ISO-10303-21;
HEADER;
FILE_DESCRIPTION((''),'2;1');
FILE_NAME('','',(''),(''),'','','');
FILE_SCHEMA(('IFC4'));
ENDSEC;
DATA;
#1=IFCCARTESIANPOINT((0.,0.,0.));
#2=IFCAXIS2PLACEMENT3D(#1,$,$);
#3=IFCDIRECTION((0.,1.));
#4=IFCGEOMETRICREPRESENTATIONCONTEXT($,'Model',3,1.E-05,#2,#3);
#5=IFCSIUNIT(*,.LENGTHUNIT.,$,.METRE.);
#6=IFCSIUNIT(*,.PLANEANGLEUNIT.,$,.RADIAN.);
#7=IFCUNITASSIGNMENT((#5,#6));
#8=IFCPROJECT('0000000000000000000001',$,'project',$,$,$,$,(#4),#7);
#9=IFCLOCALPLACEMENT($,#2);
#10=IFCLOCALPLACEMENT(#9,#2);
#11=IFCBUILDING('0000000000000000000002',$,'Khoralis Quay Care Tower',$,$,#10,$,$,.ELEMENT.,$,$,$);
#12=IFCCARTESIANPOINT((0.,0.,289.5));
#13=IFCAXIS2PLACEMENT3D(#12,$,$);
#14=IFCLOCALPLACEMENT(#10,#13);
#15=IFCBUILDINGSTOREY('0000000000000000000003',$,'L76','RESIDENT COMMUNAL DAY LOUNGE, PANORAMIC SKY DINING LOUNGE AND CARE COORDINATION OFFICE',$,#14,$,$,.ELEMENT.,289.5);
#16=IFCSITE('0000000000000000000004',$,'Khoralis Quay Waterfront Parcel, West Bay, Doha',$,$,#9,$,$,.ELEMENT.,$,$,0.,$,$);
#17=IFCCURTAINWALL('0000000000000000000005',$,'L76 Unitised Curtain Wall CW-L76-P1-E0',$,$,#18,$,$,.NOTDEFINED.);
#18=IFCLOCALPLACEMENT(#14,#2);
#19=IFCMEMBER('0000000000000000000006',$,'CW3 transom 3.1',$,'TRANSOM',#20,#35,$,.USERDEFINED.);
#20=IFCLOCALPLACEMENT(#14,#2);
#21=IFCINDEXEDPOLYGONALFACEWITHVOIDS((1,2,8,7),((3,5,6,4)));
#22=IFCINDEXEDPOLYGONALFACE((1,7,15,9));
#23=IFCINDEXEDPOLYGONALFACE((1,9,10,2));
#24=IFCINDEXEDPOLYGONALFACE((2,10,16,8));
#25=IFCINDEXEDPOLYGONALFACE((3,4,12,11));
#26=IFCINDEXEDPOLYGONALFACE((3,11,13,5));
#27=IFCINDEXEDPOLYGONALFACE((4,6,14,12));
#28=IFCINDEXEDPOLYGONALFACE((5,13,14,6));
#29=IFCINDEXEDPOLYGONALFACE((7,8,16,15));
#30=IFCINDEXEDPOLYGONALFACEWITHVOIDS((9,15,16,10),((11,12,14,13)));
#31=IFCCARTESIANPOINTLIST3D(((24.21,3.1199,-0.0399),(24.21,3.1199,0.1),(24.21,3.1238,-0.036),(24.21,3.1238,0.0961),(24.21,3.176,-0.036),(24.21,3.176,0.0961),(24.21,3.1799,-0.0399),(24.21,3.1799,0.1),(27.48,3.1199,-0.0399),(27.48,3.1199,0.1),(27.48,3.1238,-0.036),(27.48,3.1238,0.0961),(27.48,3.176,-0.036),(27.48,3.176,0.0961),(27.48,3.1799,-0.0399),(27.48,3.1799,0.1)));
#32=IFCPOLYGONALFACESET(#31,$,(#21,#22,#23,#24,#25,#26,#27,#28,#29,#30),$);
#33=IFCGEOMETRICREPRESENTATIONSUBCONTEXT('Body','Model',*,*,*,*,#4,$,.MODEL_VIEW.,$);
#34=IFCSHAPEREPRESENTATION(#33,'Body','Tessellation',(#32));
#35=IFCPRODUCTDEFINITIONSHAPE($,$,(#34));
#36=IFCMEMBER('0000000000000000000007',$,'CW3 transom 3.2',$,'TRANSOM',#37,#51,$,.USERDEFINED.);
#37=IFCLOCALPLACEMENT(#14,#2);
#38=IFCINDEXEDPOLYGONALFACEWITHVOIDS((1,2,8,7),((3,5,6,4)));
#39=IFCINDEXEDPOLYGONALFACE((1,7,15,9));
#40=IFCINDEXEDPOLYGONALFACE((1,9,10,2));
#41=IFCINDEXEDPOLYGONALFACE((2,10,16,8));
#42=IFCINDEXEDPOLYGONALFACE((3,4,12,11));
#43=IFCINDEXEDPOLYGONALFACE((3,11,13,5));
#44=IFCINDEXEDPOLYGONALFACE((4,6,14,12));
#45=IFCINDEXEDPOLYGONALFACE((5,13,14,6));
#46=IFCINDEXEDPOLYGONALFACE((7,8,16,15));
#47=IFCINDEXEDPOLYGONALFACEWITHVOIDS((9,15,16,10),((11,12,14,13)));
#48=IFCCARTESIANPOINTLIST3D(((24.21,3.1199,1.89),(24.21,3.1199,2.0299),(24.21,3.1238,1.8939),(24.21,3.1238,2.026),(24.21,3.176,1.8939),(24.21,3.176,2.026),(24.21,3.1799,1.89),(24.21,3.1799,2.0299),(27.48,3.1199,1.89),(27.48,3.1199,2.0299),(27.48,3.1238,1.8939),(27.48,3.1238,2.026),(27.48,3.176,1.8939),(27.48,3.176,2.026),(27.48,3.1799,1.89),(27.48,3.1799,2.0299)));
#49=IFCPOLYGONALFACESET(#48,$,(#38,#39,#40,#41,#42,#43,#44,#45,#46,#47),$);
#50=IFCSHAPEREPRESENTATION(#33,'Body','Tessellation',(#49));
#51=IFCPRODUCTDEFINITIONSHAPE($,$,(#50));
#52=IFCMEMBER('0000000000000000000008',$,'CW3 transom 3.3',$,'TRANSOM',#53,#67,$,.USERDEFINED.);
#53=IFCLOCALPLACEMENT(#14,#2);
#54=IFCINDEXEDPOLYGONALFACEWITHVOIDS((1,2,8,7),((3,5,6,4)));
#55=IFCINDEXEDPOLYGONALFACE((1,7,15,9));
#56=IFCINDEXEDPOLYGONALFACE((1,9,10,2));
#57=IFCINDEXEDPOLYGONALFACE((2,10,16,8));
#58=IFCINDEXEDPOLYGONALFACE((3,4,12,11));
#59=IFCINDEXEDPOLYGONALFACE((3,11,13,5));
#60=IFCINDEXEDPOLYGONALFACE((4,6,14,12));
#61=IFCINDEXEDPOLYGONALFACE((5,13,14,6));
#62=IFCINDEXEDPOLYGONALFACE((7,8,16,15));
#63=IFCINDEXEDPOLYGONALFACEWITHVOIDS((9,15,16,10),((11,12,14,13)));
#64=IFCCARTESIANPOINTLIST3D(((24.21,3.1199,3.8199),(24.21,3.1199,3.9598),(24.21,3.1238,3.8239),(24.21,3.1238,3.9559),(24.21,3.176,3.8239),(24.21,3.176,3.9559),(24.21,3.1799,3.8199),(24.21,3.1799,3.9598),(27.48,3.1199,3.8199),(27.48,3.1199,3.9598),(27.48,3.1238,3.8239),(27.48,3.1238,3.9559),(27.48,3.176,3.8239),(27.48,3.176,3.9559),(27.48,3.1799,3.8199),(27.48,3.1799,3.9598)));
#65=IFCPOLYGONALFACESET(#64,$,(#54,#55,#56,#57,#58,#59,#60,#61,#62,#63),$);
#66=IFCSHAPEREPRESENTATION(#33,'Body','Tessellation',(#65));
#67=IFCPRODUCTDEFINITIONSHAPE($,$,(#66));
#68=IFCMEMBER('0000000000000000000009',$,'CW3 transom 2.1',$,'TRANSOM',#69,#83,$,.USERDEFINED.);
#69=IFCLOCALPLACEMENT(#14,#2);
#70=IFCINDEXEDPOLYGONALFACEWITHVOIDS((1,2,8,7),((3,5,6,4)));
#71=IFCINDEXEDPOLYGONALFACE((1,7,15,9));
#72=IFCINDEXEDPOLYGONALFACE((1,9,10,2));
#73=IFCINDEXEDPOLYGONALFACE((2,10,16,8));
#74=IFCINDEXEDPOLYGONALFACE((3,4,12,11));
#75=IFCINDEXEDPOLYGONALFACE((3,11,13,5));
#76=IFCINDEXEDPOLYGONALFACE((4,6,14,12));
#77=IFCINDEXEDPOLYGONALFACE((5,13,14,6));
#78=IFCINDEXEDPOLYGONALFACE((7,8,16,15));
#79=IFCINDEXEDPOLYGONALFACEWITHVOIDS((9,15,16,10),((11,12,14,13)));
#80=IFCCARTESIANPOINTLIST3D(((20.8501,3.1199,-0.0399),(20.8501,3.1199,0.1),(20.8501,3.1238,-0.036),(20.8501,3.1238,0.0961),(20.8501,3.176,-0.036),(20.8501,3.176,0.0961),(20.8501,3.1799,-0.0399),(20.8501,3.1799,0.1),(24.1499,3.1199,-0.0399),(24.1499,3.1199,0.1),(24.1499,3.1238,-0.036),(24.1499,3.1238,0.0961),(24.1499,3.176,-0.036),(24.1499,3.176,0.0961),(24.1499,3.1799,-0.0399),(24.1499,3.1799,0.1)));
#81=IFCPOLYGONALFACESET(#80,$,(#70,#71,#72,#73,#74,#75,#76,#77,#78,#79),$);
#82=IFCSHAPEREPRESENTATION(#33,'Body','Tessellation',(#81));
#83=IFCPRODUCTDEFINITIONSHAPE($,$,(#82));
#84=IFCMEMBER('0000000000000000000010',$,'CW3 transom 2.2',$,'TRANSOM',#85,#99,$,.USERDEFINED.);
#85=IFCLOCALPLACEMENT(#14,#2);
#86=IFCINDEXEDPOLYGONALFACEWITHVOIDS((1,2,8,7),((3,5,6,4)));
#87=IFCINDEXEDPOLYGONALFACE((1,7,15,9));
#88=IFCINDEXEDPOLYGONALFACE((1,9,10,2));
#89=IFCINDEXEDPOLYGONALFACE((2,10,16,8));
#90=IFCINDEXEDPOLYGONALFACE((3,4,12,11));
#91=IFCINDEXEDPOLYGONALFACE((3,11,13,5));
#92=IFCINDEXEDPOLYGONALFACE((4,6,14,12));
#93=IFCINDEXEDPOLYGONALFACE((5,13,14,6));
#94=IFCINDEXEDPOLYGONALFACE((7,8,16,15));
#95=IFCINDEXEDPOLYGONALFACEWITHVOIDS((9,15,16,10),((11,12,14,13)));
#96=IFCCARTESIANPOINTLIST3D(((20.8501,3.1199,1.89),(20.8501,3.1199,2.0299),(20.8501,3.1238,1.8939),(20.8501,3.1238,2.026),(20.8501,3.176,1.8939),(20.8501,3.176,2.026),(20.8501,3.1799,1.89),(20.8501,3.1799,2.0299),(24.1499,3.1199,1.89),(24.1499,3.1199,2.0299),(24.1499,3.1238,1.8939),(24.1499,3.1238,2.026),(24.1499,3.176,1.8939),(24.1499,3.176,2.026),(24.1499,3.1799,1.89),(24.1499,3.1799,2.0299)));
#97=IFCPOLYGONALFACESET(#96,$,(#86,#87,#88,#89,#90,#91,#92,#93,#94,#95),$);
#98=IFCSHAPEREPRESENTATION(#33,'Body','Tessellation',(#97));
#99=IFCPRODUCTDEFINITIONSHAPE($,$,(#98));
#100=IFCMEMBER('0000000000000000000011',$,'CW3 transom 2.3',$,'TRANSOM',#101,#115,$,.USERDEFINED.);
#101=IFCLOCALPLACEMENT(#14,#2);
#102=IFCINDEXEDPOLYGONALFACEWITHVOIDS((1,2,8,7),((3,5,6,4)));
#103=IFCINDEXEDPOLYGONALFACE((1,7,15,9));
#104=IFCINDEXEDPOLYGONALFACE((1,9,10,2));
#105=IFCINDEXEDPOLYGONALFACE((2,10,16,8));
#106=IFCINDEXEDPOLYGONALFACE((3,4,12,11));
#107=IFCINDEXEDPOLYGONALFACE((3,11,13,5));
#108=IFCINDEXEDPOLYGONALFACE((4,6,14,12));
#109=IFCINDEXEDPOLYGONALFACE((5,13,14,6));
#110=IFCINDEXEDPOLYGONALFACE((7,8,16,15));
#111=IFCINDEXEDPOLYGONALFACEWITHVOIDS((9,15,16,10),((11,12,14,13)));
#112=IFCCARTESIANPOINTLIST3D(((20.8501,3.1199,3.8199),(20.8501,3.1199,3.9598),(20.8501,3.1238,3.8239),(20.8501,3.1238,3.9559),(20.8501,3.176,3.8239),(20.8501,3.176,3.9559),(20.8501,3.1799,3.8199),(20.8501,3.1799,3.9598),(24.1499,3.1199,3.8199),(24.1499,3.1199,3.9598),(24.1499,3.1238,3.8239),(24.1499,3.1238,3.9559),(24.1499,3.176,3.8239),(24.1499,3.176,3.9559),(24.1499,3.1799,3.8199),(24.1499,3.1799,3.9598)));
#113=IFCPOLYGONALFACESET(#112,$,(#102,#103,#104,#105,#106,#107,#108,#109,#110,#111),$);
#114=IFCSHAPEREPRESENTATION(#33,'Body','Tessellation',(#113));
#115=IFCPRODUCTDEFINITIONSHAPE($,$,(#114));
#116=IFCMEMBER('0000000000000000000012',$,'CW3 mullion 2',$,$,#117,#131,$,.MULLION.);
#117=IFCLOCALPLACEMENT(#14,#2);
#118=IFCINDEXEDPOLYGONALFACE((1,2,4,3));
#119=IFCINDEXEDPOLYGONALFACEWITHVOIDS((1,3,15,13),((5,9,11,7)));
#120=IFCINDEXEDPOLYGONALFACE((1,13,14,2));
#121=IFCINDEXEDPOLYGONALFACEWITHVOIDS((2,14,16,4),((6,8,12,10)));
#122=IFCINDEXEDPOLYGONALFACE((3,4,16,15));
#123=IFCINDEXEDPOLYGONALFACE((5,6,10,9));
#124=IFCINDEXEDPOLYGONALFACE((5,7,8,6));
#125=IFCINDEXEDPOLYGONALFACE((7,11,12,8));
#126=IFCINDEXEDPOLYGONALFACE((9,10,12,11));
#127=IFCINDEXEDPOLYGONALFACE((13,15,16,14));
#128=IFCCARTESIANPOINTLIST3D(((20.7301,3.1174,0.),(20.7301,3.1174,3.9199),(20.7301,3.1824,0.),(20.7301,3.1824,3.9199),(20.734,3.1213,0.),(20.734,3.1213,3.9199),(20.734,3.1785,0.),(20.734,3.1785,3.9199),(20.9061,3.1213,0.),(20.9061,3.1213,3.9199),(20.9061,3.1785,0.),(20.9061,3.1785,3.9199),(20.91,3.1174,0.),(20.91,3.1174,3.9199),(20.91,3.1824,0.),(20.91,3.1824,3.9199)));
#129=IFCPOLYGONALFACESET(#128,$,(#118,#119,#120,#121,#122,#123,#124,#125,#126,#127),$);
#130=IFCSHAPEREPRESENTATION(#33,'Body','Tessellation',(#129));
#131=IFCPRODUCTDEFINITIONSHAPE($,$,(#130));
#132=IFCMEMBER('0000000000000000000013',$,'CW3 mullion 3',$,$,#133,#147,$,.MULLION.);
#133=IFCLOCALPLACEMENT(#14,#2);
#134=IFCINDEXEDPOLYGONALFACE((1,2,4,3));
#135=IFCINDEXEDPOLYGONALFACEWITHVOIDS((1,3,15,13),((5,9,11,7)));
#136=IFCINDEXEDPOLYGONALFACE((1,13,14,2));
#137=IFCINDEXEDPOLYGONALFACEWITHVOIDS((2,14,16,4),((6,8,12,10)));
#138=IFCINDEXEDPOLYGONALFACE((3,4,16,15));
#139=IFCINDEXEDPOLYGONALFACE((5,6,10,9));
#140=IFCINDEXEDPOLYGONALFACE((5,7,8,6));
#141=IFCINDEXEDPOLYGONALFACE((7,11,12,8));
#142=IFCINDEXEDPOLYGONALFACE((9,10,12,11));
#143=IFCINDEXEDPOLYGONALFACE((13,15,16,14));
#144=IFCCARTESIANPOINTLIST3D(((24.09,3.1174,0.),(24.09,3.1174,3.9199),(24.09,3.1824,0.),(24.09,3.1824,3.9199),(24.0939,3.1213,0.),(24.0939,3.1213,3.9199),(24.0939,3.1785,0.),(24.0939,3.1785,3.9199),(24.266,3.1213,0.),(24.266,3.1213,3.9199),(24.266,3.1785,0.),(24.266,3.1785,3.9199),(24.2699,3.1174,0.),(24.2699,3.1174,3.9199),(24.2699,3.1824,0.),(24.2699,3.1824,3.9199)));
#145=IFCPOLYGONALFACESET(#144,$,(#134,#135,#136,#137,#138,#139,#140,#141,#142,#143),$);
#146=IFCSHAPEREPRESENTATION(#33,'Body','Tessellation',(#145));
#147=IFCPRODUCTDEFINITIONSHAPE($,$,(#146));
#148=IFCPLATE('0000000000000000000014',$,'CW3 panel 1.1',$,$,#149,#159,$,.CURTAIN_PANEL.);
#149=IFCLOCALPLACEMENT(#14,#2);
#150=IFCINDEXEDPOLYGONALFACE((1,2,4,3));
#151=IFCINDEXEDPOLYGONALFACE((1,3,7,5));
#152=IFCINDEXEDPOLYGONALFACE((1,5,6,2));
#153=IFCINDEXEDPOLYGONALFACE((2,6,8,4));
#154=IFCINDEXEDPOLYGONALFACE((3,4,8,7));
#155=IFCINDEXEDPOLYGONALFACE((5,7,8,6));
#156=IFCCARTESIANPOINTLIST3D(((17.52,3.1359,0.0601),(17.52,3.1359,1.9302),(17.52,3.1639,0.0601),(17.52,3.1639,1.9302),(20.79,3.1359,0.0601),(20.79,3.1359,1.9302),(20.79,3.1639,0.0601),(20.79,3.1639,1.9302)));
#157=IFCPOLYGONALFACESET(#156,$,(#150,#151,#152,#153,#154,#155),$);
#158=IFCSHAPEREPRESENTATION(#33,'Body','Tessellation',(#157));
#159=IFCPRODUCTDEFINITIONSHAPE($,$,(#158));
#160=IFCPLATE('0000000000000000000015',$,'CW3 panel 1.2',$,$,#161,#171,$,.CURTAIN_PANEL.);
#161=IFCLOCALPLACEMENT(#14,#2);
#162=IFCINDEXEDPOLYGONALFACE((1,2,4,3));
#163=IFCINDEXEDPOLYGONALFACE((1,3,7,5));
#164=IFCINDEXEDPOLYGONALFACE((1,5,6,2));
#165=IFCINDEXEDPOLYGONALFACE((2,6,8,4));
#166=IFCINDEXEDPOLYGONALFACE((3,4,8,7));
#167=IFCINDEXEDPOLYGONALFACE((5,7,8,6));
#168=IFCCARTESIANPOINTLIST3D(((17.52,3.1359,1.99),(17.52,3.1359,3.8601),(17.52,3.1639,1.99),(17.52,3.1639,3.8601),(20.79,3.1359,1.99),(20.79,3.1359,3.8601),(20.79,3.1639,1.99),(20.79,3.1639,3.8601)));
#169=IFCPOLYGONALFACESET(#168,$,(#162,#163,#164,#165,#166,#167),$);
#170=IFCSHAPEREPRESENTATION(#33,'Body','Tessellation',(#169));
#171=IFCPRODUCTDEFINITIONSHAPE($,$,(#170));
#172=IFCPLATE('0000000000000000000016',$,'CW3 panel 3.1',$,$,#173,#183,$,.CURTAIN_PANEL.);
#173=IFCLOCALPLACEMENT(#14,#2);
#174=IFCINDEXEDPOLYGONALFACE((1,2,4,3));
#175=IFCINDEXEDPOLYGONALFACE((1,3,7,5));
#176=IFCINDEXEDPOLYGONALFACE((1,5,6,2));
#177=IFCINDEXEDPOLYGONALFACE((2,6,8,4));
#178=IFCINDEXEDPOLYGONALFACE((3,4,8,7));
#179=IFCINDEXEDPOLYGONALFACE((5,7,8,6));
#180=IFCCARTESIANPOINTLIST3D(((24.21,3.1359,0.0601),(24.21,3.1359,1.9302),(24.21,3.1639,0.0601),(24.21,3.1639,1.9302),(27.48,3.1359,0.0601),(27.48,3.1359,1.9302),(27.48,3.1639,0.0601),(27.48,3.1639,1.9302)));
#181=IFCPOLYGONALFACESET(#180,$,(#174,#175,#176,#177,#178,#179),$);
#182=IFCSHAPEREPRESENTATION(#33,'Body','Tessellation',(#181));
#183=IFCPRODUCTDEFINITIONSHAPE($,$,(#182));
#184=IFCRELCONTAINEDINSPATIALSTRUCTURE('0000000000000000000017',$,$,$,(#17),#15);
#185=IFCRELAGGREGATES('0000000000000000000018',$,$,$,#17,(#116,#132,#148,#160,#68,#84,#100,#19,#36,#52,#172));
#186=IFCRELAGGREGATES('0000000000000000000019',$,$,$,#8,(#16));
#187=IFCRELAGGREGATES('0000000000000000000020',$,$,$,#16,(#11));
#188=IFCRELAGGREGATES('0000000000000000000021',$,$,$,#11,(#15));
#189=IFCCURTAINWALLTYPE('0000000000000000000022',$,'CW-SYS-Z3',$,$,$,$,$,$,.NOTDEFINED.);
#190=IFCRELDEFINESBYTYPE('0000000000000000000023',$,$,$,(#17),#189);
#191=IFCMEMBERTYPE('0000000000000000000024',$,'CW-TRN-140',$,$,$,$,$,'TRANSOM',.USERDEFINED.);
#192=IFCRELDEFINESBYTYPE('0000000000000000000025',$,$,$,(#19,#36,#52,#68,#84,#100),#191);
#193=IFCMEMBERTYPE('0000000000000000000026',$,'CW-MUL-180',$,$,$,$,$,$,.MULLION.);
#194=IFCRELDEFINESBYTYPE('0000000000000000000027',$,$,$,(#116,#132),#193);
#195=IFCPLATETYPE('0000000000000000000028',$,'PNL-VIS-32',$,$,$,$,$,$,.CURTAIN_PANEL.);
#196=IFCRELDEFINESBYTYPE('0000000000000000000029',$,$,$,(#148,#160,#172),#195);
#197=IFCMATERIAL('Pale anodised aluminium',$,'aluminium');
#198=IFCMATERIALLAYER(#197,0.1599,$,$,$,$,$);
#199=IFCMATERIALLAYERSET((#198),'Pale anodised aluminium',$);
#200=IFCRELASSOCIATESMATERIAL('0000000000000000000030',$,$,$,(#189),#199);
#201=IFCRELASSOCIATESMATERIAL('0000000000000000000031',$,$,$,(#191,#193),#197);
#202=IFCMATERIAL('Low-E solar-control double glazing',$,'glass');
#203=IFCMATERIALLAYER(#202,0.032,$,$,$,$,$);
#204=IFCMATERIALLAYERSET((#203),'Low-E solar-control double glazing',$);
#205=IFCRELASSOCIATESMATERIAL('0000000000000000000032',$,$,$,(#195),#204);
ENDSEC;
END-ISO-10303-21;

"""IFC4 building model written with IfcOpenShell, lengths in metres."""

from ifc_helpers import new_model, si_unit, direction, frame, origin, origin_2d, place, context, subcontext, project, spatial, rectangle, hollow_rectangle, extrude, source, transform, mapped, material, layer, layer_set, material_profile, profile_set, type_object, element, aggregate, save


model = new_model("IFC4")

# Units and contexts
model_context = context("Model", 3, precision=1e-05, world=origin(), true_north=direction((0.0, 1.0)))
body_context = subcontext(model_context, "Body", "Model", "MODEL_VIEW")
ifc_project = project(units=[si_unit("LENGTHUNIT", "METRE"), si_unit("PLANEANGLEUNIT", "RADIAN")], contexts=[model_context])

# Site, building, storey
site_placement = place(None, origin())
site = spatial("IfcSite", under=ifc_project, at=site_placement, Name="Khoralis Quay Waterfront Parcel, West Bay, Doha", CompositionType="ELEMENT", RefElevation=0.0)
building_placement = place(site_placement, origin())
building = spatial("IfcBuilding", under=site, at=building_placement, Name="Khoralis Quay Care Tower", CompositionType="ELEMENT")
storey_placement = place(building_placement, frame((0.0, 0.0, 289.5)))
storey = spatial("IfcBuildingStorey", under=building, at=storey_placement, Name="L76", Description="RESIDENT COMMUNAL DAY LOUNGE, PANORAMIC SKY DINING LOUNGE AND CARE COORDINATION OFFICE", CompositionType="ELEMENT", Elevation=289.5)

# Curtain wall, members, plates
ifc_material_1 = material(Name="Pale anodised aluminium", Category="aluminium")
ifc_layer_1 = layer(ifc_material_1, 0.1599)
ifc_layer_set_1 = layer_set([ifc_layer_1], Name="Pale anodised aluminium")
curtain_wall_type = type_object("IfcCurtainWallType", Name="CW-SYS-Z3", PredefinedType="NOTDEFINED", material=ifc_layer_set_1)
curtain_wall_placement = place(storey_placement, origin())
curtain_wall = element("IfcCurtainWall", 1, at=curtain_wall_placement, inside=storey, type_object=curtain_wall_type, Name="L76 Unitised Curtain Wall CW-L76-P1-E0", PredefinedType="NOTDEFINED")
ifc_material_profile_1 = material_profile(ifc_material_1, hollow_rectangle(XDim=0.0601, YDim=0.1399, WallThickness=0.0039, at=origin_2d()), Name="Pale anodised aluminium")
ifc_profile_set_1 = profile_set([ifc_material_profile_1], Name="Pale anodised aluminium")
member_type_1 = type_object("IfcMemberType", Name="CW-TRN-140", ElementType="TRANSOM", PredefinedType="USERDEFINED", material=ifc_profile_set_1)
shared_shape_1 = source(origin(), body_context, "Body", "SweptSolid", [
    extrude(hollow_rectangle(XDim=0.0601, YDim=0.1399, WallThickness=0.0039, at=origin_2d()), origin(), (0.0, 0.0, 1.0), 3.27),
])
member_1_placement = place(storey_placement, frame((24.21, 3.1499, 0.03), z_axis=(1.0, 0.0, 0.0), x_axis=(0.0, 1.0, 0.0)))
member_1 = element("IfcMember", 2, at=member_1_placement, type_object=member_type_1, Name="CW3 transom 3.1", ObjectType="TRANSOM", PredefinedType="USERDEFINED", context=body_context, shape_type="MappedRepresentation", body=[
    mapped(shared_shape_1, transform((0.0, 0.0, 0.0), scale=1.0)),
])
member_2_placement = place(storey_placement, frame((24.21, 3.1499, 1.96), z_axis=(1.0, 0.0, 0.0), x_axis=(0.0, 1.0, 0.0)))
member_2 = element("IfcMember", 3, at=member_2_placement, type_object=member_type_1, Name="CW3 transom 3.2", ObjectType="TRANSOM", PredefinedType="USERDEFINED", context=body_context, shape_type="MappedRepresentation", body=[
    mapped(shared_shape_1, transform((0.0, 0.0, 0.0), scale=1.0)),
])
member_3_placement = place(storey_placement, frame((24.21, 3.1499, 3.8899), z_axis=(1.0, 0.0, 0.0), x_axis=(0.0, 1.0, 0.0)))
member_3 = element("IfcMember", 4, at=member_3_placement, type_object=member_type_1, Name="CW3 transom 3.3", ObjectType="TRANSOM", PredefinedType="USERDEFINED", context=body_context, shape_type="MappedRepresentation", body=[
    mapped(shared_shape_1, transform((0.0, 0.0, 0.0), scale=1.0)),
])
shared_shape_2 = source(origin(), body_context, "Body", "SweptSolid", [
    extrude(hollow_rectangle(XDim=0.0601, YDim=0.1399, WallThickness=0.0039, at=origin_2d()), origin(), (0.0, 0.0, 1.0), 3.2998),
])
member_4_placement = place(storey_placement, frame((20.8501, 3.1499, 0.03), z_axis=(1.0, 0.0, 0.0), x_axis=(0.0, 1.0, 0.0)))
member_4 = element("IfcMember", 5, at=member_4_placement, type_object=member_type_1, Name="CW3 transom 2.1", ObjectType="TRANSOM", PredefinedType="USERDEFINED", context=body_context, shape_type="MappedRepresentation", body=[
    mapped(shared_shape_2, transform((0.0, 0.0, 0.0), scale=1.0)),
])
member_5_placement = place(storey_placement, frame((20.8501, 3.1499, 1.96), z_axis=(1.0, 0.0, 0.0), x_axis=(0.0, 1.0, 0.0)))
member_5 = element("IfcMember", 6, at=member_5_placement, type_object=member_type_1, Name="CW3 transom 2.2", ObjectType="TRANSOM", PredefinedType="USERDEFINED", context=body_context, shape_type="MappedRepresentation", body=[
    mapped(shared_shape_2, transform((0.0, 0.0, 0.0), scale=1.0)),
])
member_6_placement = place(storey_placement, frame((20.8501, 3.1499, 3.8899), z_axis=(1.0, 0.0, 0.0), x_axis=(0.0, 1.0, 0.0)))
member_6 = element("IfcMember", 7, at=member_6_placement, type_object=member_type_1, Name="CW3 transom 2.3", ObjectType="TRANSOM", PredefinedType="USERDEFINED", context=body_context, shape_type="MappedRepresentation", body=[
    mapped(shared_shape_2, transform((0.0, 0.0, 0.0), scale=1.0)),
])
ifc_material_profile_2 = material_profile(ifc_material_1, hollow_rectangle(XDim=0.0649, YDim=0.1799, WallThickness=0.0039, at=origin_2d()), Name="Pale anodised aluminium")
ifc_profile_set_2 = profile_set([ifc_material_profile_2], Name="Pale anodised aluminium")
member_type_2 = type_object("IfcMemberType", Name="CW-MUL-180", PredefinedType="MULLION", material=ifc_profile_set_2)
shared_shape_3 = source(origin(), body_context, "Body", "SweptSolid", [
    extrude(hollow_rectangle(XDim=0.0649, YDim=0.1799, WallThickness=0.0039, at=origin_2d()), origin(), (0.0, 0.0, 1.0), 3.9199),
])
member_7_placement = place(storey_placement, frame((20.8201, 3.1499, 0.0), z_axis=(0.0, 0.0, 1.0), x_axis=(0.0, 1.0, 0.0)))
member_7 = element("IfcMember", 8, at=member_7_placement, type_object=member_type_2, Name="CW3 mullion 2", PredefinedType="MULLION", context=body_context, shape_type="MappedRepresentation", body=[
    mapped(shared_shape_3, transform((0.0, 0.0, 0.0), scale=1.0)),
])
member_8_placement = place(storey_placement, frame((24.1799, 3.1499, 0.0), z_axis=(0.0, 0.0, 1.0), x_axis=(0.0, 1.0, 0.0)))
member_8 = element("IfcMember", 9, at=member_8_placement, type_object=member_type_2, Name="CW3 mullion 3", PredefinedType="MULLION", context=body_context, shape_type="MappedRepresentation", body=[
    mapped(shared_shape_3, transform((0.0, 0.0, 0.0), scale=1.0)),
])
ifc_material_2 = material(Name="Low-E solar-control double glazing", Category="glass")
ifc_layer_2 = layer(ifc_material_2, 0.032)
ifc_layer_set_2 = layer_set([ifc_layer_2], Name="Low-E solar-control double glazing")
plate_type = type_object("IfcPlateType", Name="PNL-VIS-32", PredefinedType="CURTAIN_PANEL", material=ifc_layer_set_2)
shared_shape_4 = source(origin(), body_context, "Body", "SweptSolid", [
    extrude(rectangle(XDim=3.27, YDim=0.0281, at=origin_2d()), origin(), (0.0, 0.0, 1.0), 1.8701),
])
plate_1_placement = place(storey_placement, frame((19.155, 3.1499, 0.0601), z_axis=(0.0, 0.0, 1.0), x_axis=(1.0, 0.0, 0.0)))
plate_1 = element("IfcPlate", 10, at=plate_1_placement, type_object=plate_type, Name="CW3 panel 1.1", PredefinedType="CURTAIN_PANEL", context=body_context, shape_type="MappedRepresentation", body=[
    mapped(shared_shape_4, transform((0.0, 0.0, 0.0), scale=1.0)),
])
plate_2_placement = place(storey_placement, frame((19.155, 3.1499, 1.99), z_axis=(0.0, 0.0, 1.0), x_axis=(1.0, 0.0, 0.0)))
plate_2 = element("IfcPlate", 11, at=plate_2_placement, type_object=plate_type, Name="CW3 panel 1.2", PredefinedType="CURTAIN_PANEL", context=body_context, shape_type="MappedRepresentation", body=[
    mapped(shared_shape_4, transform((0.0, 0.0, 0.0), scale=1.0)),
])
plate_3_placement = place(storey_placement, frame((25.845, 3.1499, 0.0601), z_axis=(0.0, 0.0, 1.0), x_axis=(1.0, 0.0, 0.0)))
plate_3 = element("IfcPlate", 12, at=plate_3_placement, type_object=plate_type, Name="CW3 panel 3.1", PredefinedType="CURTAIN_PANEL", context=body_context, shape_type="MappedRepresentation", body=[
    mapped(shared_shape_4, transform((0.0, 0.0, 0.0), scale=1.0)),
])
aggregate(curtain_wall, [member_7, member_8, plate_1, plate_2, member_4, member_5, member_6, member_1, member_2, member_3, plate_3])

save(model, "model.ifc")
